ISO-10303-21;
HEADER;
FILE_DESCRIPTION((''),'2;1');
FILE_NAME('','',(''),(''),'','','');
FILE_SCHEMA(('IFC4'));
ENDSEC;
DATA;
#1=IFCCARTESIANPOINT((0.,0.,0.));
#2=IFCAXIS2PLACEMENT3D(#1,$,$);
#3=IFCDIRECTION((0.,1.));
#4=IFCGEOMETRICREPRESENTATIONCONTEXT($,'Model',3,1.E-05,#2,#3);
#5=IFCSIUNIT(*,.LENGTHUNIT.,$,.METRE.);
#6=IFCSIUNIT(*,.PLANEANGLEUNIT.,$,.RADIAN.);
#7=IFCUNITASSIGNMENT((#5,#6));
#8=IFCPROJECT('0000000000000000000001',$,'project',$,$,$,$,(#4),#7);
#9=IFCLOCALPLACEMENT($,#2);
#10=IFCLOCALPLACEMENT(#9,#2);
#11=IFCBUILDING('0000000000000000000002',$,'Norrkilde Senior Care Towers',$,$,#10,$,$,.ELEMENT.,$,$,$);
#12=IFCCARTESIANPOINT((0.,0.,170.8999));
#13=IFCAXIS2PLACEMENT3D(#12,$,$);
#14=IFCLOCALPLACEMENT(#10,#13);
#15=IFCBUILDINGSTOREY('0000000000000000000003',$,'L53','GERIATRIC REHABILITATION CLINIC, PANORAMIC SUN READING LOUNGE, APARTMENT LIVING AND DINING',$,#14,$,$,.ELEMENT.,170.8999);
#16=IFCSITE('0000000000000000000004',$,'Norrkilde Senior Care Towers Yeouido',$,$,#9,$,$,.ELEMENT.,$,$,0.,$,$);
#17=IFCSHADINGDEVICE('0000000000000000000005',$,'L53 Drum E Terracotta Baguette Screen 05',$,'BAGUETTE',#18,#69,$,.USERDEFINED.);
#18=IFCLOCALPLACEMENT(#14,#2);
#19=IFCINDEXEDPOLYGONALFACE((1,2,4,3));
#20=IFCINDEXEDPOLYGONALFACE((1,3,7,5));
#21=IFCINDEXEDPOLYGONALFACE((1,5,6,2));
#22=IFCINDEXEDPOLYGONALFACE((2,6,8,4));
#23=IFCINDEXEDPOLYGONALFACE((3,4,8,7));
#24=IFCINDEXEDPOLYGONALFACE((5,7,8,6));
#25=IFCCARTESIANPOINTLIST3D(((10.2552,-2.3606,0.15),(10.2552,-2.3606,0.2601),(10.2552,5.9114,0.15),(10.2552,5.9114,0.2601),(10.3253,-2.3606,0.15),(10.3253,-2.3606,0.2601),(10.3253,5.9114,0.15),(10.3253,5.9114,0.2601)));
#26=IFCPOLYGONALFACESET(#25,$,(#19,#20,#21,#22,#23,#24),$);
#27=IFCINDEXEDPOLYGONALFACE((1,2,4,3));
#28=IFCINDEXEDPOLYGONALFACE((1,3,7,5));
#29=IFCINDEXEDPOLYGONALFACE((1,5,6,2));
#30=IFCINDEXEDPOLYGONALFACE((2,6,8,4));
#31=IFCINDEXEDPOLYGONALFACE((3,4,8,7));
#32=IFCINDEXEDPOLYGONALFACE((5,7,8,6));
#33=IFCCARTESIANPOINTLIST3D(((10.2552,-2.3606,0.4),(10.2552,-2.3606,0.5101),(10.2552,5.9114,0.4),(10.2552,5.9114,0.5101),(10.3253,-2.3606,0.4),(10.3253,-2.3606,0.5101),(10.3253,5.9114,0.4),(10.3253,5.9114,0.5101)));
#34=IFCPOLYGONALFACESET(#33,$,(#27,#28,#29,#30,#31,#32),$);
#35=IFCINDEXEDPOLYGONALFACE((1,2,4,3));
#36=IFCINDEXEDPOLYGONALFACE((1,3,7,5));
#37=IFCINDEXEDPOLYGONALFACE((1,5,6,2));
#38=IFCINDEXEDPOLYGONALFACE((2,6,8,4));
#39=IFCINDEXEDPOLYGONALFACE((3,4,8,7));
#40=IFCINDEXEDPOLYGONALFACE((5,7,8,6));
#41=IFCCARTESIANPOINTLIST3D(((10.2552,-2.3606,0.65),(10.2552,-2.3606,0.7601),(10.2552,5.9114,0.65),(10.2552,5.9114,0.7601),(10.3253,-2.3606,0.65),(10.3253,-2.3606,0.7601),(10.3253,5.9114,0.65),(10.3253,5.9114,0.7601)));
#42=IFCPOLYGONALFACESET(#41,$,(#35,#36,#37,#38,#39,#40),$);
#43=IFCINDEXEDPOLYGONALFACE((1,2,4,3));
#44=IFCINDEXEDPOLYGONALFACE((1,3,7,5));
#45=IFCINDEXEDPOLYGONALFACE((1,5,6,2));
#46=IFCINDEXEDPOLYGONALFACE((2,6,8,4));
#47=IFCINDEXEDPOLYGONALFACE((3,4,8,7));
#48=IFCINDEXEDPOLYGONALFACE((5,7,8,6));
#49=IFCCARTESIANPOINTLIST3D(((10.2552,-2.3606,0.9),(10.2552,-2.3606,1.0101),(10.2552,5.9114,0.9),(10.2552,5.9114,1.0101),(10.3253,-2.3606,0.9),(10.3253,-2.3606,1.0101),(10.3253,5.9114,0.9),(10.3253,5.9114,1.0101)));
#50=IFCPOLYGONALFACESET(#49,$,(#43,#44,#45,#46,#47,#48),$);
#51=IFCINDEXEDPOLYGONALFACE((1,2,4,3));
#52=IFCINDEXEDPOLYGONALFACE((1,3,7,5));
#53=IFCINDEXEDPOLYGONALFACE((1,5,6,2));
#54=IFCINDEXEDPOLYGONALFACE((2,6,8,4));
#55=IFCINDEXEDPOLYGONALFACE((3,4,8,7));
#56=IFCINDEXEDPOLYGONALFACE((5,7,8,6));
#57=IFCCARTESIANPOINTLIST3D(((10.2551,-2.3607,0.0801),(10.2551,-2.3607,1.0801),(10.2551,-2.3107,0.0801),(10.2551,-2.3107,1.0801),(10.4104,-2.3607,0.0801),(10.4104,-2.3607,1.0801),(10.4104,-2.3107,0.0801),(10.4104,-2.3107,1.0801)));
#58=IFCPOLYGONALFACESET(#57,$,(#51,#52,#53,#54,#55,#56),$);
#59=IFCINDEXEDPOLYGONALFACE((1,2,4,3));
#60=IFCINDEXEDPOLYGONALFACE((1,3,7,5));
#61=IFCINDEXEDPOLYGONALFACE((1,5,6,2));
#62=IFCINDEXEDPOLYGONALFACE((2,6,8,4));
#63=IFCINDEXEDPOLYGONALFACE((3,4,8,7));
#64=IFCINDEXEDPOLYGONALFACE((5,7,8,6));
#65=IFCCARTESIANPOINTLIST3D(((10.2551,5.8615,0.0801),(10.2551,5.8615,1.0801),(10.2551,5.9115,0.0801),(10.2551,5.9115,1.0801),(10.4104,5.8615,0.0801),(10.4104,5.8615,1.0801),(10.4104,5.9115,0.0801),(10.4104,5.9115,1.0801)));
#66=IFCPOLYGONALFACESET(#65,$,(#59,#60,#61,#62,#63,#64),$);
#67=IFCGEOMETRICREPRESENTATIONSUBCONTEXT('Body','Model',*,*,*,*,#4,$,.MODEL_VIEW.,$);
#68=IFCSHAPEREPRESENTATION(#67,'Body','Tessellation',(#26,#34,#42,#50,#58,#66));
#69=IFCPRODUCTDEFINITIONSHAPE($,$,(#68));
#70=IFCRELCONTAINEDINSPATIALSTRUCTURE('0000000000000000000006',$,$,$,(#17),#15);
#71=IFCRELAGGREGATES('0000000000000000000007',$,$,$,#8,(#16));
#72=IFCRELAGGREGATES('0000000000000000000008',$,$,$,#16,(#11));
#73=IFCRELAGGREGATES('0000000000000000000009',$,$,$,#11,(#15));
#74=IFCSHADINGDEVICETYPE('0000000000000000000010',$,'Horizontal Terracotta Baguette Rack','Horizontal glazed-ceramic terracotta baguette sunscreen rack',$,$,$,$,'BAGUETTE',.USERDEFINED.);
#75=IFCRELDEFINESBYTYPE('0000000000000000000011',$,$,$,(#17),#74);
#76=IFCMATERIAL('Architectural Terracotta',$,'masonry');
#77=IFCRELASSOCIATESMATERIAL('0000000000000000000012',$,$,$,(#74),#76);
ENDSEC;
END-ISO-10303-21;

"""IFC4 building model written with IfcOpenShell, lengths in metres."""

from ifc_helpers import new_model, si_unit, direction, frame, origin, origin_2d, place, context, subcontext, project, spatial, rectangle, extrude, source, transform, mapped, material, type_object, type_shapes, element, save


model = new_model("IFC4")

# Units and contexts
model_context = context("Model", 3, precision=1e-05, world=origin(), true_north=direction((0.0, 1.0)))
body_context = subcontext(model_context, "Body", "Model", "MODEL_VIEW")
ifc_project = project(units=[si_unit("LENGTHUNIT", "METRE"), si_unit("PLANEANGLEUNIT", "RADIAN")], contexts=[model_context])

# Site, building, storey
site_placement = place(None, origin())
site = spatial("IfcSite", under=ifc_project, at=site_placement, Name="Norrkilde Senior Care Towers Yeouido", CompositionType="ELEMENT", RefElevation=0.0)
building_placement = place(site_placement, origin())
building = spatial("IfcBuilding", under=site, at=building_placement, Name="Norrkilde Senior Care Towers", CompositionType="ELEMENT")
storey_placement = place(building_placement, frame((0.0, 0.0, 170.8999)))
storey = spatial("IfcBuildingStorey", under=building, at=storey_placement, Name="L53", Description="GERIATRIC REHABILITATION CLINIC, PANORAMIC SUN READING LOUNGE, APARTMENT LIVING AND DINING", CompositionType="ELEMENT", Elevation=170.8999)

# Shading device
ifc_material_1 = material(Name="Architectural Terracotta", Category="masonry")
shading_device_type = type_object("IfcShadingDeviceType", Name="Horizontal Terracotta Baguette Rack", Description="Horizontal glazed-ceramic terracotta baguette sunscreen rack", ElementType="BAGUETTE", PredefinedType="USERDEFINED", material=ifc_material_1)
shared_shape_1 = source(origin(), body_context, "Body", "SweptSolid", [
    extrude(rectangle(XDim=0.0701, YDim=0.1101, at=origin_2d()), frame((0.0, 0.0901, 0.125), z_axis=(1.0, 0.0, 0.0), x_axis=(0.0, 1.0, 0.0)), (0.0, 0.0, 1.0), 8.272),
    extrude(rectangle(XDim=0.0701, YDim=0.1101, at=origin_2d()), frame((0.0, 0.0901, 0.375), z_axis=(1.0, 0.0, 0.0), x_axis=(0.0, 1.0, 0.0)), (0.0, 0.0, 1.0), 8.272),
    extrude(rectangle(XDim=0.0701, YDim=0.1101, at=origin_2d()), frame((0.0, 0.0901, 0.625), z_axis=(1.0, 0.0, 0.0), x_axis=(0.0, 1.0, 0.0)), (0.0, 0.0, 1.0), 8.272),
    extrude(rectangle(XDim=0.0701, YDim=0.1101, at=origin_2d()), frame((0.0, 0.0901, 0.875), z_axis=(1.0, 0.0, 0.0), x_axis=(0.0, 1.0, 0.0)), (0.0, 0.0, 1.0), 8.272),
    extrude(rectangle(XDim=0.05, YDim=0.1553, at=origin_2d()), frame((0.0249, 0.0476, 0.0)), (0.0, 0.0, 1.0), 1.0),
    extrude(rectangle(XDim=0.05, YDim=0.1553, at=origin_2d()), frame((8.2471, 0.0476, 0.0)), (0.0, 0.0, 1.0), 1.0),
])
type_shapes(shading_device_type, [shared_shape_1])
shading_device_placement = place(storey_placement, frame((10.3804, -2.3606, 0.0801), z_axis=(0.0, 0.0, 1.0), x_axis=(0.0, 1.0, 0.0)))
element("IfcShadingDevice", 1, at=shading_device_placement, inside=storey, type_object=shading_device_type, Name="L53 Drum E Terracotta Baguette Screen 05", ObjectType="BAGUETTE", PredefinedType="USERDEFINED", context=body_context, shape_type="MappedRepresentation", body=[
    mapped(shared_shape_1, transform((0.0, 0.0, 0.0), x_axis=(1.0, 0.0, 0.0), y_axis=(0.0, 1.0, 0.0), z_axis=(0.0, 0.0, 1.0), scale=1.0)),
])

save(model, "model.ifc")
